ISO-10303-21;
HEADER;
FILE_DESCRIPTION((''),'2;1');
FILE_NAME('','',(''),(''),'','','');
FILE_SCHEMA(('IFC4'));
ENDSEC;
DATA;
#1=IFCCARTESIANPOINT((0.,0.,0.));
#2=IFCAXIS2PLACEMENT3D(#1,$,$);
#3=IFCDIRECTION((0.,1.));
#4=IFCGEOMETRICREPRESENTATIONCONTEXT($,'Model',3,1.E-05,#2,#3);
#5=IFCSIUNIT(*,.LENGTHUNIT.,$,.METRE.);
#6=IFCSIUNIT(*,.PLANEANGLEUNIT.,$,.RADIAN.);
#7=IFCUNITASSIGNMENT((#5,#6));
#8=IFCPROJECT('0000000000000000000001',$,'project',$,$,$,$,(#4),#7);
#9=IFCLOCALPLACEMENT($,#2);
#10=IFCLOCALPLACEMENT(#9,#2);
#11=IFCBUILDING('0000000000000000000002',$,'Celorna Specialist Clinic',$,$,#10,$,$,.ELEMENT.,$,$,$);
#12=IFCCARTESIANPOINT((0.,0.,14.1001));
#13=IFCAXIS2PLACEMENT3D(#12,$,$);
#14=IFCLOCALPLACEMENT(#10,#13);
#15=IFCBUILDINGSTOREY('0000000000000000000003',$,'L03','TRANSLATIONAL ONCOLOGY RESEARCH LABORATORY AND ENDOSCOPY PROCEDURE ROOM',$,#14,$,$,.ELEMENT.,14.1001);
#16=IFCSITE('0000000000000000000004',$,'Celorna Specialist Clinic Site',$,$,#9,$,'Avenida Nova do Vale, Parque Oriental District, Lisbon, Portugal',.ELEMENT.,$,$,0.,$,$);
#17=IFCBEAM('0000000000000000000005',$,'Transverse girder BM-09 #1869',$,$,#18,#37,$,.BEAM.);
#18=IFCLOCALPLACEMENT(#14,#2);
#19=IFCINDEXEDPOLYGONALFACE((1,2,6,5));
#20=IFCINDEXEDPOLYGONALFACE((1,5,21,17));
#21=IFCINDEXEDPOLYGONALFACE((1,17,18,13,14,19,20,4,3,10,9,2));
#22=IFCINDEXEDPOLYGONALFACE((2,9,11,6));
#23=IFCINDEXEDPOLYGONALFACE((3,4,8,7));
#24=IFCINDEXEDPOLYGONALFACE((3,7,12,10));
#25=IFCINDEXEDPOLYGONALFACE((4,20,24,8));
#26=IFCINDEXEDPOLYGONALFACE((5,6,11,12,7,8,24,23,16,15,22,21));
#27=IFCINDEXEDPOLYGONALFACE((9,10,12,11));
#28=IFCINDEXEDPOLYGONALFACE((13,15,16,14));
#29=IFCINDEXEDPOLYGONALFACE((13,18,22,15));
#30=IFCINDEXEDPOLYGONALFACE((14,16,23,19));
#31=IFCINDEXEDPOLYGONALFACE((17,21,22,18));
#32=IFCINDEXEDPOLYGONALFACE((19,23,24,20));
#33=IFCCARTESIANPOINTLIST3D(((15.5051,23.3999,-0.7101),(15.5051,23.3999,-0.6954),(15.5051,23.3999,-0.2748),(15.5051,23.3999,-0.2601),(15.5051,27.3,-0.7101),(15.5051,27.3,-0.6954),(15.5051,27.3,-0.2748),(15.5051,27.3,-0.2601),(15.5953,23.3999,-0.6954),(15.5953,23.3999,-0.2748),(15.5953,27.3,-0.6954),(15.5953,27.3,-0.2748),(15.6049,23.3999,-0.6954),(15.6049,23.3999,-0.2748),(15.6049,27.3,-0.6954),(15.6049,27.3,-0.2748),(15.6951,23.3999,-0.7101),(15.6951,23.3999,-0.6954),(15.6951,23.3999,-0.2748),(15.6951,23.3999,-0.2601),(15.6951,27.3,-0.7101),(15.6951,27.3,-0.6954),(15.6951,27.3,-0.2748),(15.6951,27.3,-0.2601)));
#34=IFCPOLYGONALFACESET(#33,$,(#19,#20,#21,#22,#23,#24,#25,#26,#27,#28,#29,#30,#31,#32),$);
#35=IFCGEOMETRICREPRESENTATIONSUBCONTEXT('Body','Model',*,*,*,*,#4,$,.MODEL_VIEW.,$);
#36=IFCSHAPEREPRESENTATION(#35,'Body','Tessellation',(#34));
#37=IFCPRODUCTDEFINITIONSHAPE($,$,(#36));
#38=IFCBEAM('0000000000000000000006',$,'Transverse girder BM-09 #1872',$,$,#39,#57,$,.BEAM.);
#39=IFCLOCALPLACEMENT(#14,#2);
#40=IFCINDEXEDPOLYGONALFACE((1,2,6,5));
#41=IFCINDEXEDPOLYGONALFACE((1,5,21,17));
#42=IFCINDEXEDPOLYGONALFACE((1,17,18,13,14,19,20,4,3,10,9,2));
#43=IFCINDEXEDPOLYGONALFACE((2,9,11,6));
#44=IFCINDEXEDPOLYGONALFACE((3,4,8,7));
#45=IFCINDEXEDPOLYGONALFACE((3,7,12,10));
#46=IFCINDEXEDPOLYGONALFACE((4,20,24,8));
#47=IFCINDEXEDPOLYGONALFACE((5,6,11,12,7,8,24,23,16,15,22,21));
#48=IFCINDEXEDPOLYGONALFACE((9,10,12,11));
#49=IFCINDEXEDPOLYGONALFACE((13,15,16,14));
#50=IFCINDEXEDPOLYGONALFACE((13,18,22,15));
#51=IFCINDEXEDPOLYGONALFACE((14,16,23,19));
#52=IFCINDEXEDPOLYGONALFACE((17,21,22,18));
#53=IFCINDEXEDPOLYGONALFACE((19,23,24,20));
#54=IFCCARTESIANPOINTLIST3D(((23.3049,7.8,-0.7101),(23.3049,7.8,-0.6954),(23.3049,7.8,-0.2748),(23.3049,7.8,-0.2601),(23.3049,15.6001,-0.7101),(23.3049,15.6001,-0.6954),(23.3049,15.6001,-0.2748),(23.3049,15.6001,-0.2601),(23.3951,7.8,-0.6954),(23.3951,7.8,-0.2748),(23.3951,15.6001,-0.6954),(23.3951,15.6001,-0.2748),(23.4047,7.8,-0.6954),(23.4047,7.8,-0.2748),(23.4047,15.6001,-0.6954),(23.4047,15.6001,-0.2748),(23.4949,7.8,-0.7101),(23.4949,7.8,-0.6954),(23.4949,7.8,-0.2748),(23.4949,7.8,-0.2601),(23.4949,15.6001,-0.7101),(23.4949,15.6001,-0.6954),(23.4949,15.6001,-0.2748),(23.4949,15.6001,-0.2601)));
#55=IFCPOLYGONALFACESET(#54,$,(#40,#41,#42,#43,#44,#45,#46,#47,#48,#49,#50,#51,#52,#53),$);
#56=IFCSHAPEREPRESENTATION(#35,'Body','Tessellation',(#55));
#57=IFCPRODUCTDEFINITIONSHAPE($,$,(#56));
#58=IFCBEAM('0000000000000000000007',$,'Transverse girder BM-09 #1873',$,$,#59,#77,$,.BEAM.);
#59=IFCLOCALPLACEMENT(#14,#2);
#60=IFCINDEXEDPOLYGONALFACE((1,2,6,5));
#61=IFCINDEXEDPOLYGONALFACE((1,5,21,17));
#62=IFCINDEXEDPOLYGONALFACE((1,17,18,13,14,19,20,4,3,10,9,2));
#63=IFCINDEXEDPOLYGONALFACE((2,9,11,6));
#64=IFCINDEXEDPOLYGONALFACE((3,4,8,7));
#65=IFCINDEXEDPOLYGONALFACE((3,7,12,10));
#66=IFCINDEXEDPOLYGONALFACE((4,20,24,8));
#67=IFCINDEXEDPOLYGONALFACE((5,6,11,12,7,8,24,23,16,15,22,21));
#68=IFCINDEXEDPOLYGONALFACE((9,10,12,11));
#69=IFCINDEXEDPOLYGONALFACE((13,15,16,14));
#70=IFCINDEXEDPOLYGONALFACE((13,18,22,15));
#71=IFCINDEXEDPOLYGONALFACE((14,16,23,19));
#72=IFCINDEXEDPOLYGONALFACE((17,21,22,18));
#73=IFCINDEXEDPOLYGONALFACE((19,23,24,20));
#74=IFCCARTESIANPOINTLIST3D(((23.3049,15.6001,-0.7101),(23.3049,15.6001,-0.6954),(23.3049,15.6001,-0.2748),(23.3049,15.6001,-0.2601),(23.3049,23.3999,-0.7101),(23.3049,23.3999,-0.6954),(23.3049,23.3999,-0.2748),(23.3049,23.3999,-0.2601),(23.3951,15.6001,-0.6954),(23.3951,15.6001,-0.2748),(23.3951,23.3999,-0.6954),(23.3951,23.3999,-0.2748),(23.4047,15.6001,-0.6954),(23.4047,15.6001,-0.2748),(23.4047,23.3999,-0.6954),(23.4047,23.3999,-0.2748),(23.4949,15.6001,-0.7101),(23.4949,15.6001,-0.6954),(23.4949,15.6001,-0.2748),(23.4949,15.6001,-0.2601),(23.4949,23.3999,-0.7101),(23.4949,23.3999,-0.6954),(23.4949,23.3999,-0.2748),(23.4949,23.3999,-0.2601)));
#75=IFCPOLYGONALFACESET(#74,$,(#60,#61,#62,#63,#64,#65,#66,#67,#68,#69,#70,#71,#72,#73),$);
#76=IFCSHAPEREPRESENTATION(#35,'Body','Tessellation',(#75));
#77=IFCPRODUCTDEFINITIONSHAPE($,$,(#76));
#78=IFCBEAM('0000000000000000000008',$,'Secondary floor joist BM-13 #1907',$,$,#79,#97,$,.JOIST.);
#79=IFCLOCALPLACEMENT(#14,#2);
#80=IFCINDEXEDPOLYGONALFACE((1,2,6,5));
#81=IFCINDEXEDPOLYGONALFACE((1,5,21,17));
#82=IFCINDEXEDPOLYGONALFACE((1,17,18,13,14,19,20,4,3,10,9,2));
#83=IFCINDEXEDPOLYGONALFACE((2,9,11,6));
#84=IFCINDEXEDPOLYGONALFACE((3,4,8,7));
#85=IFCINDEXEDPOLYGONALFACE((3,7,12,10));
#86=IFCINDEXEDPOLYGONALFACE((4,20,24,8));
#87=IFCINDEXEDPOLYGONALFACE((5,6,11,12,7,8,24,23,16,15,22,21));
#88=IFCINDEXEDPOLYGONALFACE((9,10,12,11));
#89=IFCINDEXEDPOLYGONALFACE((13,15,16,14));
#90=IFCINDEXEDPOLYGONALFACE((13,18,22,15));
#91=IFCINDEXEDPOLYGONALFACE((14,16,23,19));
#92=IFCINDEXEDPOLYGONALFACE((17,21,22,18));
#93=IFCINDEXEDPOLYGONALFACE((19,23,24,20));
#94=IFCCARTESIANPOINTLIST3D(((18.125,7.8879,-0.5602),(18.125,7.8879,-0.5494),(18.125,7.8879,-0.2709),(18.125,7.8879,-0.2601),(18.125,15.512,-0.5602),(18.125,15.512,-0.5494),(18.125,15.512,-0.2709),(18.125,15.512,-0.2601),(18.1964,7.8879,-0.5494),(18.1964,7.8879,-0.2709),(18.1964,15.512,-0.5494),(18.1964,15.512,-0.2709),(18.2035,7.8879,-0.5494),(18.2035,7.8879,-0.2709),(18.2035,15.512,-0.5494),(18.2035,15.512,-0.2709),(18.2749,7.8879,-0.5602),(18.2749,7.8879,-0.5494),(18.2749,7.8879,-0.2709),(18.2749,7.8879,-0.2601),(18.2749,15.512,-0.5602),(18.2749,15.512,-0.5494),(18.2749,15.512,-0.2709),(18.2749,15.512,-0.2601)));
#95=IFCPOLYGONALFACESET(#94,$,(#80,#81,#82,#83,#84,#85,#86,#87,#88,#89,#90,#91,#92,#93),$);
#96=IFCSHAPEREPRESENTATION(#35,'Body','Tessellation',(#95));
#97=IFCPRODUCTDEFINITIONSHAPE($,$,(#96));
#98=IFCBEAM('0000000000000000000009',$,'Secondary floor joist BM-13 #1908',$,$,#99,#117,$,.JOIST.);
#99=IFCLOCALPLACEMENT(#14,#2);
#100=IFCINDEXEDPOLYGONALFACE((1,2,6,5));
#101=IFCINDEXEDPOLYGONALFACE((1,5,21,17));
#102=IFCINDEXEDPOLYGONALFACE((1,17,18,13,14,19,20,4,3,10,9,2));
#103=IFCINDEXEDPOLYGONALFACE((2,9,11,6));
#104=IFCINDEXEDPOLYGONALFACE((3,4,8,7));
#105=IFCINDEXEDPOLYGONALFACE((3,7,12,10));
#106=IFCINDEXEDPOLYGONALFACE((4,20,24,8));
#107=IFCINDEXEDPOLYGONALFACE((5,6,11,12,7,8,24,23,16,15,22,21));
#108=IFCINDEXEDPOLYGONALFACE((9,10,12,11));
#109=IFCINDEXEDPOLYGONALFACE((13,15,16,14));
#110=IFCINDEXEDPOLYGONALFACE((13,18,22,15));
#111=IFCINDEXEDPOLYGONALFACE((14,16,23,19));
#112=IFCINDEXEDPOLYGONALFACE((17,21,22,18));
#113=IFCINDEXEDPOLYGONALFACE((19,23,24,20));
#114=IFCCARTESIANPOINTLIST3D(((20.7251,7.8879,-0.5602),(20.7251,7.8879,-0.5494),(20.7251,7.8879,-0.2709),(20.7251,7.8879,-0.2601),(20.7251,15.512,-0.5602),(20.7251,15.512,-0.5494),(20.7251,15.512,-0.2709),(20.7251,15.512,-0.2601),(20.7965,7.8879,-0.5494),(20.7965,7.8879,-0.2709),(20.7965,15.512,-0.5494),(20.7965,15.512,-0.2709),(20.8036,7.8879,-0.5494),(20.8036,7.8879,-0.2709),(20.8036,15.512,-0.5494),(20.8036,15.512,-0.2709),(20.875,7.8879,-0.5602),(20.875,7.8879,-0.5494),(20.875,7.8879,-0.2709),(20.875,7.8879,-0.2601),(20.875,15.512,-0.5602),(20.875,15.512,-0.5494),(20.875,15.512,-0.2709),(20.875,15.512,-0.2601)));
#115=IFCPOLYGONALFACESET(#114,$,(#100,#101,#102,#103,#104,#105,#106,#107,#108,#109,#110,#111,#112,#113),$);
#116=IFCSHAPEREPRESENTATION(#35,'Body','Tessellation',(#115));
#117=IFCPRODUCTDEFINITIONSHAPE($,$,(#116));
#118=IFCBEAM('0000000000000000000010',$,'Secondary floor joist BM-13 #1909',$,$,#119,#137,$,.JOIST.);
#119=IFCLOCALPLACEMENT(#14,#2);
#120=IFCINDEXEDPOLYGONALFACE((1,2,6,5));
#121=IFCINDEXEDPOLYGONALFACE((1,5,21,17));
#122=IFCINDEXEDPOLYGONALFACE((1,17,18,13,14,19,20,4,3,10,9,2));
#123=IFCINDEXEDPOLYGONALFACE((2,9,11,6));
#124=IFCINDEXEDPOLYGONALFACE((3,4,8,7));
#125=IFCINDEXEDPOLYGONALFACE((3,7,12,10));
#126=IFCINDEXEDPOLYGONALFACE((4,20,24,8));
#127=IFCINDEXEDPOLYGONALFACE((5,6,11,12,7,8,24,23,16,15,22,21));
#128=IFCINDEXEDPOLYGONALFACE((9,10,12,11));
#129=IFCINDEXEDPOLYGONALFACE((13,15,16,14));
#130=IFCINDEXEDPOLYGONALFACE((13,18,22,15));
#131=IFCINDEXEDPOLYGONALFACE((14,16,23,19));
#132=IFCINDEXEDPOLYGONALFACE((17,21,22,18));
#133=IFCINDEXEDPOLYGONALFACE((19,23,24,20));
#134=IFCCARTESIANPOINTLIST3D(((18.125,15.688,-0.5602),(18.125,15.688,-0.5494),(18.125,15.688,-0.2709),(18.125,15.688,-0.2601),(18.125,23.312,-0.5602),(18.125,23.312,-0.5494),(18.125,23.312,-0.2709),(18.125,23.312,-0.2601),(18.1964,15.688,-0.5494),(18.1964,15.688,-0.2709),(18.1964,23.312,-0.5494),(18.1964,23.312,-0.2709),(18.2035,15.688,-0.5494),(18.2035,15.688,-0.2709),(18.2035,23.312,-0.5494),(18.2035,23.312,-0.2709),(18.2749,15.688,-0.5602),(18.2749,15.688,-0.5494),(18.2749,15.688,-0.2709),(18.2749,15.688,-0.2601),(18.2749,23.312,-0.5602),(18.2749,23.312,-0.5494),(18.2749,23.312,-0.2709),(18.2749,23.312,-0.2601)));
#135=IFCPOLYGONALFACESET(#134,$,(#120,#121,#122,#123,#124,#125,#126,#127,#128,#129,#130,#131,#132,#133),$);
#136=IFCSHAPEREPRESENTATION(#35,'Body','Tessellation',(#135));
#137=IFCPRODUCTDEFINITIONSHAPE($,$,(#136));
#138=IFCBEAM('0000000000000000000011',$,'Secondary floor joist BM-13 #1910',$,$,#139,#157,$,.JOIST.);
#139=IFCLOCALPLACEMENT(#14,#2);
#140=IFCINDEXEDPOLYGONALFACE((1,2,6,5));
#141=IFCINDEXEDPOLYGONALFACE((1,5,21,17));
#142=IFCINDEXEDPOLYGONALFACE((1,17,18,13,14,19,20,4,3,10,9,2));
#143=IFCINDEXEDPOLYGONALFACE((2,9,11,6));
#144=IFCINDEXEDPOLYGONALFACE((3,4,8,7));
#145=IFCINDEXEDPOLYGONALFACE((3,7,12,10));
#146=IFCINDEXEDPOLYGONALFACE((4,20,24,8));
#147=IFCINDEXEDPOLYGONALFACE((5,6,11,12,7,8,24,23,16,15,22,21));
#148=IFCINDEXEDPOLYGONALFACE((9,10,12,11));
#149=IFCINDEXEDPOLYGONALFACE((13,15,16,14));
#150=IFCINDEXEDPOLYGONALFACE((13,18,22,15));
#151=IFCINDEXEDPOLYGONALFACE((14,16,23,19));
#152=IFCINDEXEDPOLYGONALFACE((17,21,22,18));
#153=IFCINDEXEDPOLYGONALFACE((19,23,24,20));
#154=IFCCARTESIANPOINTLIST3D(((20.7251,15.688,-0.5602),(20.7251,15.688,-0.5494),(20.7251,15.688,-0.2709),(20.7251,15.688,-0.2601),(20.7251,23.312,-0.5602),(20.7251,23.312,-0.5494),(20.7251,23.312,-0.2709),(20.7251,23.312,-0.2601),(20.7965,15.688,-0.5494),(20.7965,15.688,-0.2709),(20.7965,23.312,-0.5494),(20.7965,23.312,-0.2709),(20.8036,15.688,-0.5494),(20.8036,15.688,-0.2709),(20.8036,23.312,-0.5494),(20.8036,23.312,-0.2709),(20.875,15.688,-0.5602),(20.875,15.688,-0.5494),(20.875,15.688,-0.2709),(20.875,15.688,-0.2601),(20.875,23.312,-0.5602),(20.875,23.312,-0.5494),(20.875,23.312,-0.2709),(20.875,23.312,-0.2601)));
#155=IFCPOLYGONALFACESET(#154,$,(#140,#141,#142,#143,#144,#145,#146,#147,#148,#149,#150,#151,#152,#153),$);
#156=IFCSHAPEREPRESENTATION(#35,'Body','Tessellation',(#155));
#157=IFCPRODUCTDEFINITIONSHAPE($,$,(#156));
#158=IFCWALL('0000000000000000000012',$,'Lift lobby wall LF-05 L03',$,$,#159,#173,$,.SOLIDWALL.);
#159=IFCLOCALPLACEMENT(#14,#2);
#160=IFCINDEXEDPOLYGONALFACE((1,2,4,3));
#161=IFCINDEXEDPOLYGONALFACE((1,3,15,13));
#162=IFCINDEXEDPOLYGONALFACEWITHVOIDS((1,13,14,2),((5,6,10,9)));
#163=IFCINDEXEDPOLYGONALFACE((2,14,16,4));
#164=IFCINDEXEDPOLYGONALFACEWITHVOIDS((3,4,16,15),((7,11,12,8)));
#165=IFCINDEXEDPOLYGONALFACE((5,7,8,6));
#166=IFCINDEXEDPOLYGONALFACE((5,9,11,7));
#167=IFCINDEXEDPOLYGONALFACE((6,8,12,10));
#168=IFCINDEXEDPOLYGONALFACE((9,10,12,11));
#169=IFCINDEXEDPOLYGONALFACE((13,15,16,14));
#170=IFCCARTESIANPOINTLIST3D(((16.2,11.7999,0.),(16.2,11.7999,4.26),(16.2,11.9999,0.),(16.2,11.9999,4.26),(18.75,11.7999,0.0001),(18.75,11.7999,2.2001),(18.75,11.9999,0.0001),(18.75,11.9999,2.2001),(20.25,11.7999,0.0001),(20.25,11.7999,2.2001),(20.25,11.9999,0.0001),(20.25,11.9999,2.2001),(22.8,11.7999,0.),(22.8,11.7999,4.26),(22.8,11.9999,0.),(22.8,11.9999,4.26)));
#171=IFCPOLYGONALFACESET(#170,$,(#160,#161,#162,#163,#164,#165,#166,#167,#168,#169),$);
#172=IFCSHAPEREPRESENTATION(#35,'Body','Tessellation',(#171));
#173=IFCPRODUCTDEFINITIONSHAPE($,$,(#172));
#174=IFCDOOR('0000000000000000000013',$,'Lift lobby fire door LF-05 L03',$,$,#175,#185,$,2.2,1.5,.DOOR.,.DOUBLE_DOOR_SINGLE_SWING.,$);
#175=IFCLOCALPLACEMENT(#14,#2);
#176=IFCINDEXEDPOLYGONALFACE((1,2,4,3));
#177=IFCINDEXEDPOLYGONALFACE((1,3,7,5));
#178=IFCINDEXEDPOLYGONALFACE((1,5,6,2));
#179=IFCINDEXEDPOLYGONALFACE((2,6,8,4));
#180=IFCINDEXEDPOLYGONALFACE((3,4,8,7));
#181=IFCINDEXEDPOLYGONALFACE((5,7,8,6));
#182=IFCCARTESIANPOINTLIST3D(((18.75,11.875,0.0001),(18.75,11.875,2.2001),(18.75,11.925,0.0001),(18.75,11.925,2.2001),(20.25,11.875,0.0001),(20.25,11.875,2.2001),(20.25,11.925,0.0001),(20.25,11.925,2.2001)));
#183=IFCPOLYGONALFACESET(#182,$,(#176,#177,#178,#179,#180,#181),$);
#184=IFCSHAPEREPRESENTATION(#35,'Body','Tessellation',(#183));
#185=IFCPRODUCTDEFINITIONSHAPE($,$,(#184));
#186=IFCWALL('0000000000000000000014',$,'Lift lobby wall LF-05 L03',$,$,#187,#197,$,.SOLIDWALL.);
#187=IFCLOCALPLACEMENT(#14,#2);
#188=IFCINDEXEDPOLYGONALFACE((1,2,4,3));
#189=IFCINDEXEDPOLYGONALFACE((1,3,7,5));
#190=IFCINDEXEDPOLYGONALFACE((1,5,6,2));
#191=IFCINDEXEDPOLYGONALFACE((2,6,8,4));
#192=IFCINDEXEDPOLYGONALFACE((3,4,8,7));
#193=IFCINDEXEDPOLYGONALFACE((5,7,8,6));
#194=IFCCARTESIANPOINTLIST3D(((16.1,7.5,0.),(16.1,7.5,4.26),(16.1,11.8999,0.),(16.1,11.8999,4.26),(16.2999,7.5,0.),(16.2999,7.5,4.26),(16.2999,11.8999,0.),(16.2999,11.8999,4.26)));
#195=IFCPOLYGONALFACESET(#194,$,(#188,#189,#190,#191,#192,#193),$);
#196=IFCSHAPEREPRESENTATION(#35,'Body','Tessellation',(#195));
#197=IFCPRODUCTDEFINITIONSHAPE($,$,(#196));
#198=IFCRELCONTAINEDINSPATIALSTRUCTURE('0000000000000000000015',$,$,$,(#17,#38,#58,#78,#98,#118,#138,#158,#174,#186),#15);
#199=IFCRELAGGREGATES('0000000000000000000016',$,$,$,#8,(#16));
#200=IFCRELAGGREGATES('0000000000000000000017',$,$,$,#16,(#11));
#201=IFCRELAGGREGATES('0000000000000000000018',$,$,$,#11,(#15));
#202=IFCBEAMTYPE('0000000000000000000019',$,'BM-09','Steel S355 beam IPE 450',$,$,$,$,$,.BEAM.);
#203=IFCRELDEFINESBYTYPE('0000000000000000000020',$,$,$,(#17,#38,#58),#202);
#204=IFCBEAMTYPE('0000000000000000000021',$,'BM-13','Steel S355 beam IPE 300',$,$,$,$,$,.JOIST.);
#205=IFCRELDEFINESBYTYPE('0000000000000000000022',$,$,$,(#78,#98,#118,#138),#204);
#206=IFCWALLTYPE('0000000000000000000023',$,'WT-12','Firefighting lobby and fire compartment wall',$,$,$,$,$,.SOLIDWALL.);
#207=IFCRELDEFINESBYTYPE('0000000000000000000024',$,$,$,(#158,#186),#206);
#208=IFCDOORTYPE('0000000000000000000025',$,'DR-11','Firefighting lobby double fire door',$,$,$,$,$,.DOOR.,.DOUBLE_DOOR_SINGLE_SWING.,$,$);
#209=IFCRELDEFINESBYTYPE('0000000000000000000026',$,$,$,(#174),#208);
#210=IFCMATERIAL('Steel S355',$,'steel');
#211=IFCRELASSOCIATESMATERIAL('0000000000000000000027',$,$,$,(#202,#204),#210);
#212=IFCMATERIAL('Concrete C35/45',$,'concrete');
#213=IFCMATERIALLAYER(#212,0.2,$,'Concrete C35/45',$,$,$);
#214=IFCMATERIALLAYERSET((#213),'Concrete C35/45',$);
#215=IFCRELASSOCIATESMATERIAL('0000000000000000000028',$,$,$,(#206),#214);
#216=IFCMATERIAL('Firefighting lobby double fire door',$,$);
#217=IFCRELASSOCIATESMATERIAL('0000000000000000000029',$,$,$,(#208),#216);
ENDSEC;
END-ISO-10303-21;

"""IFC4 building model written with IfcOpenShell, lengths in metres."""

from ifc_helpers import new_model, si_unit, direction, frame, frame_2d, origin, origin_2d, place, context, subcontext, project, spatial, rectangle, i_section, extrude, material, layer, layer_set, material_profile, profile_set, type_object, element, fill, save


model = new_model("IFC4")

# Units and contexts
model_context = context("Model", 3, precision=1e-05, world=origin(), true_north=direction((0.0, 1.0)))
body_context = subcontext(model_context, "Body", "Model", "MODEL_VIEW")
ifc_project = project(units=[si_unit("LENGTHUNIT", "METRE"), si_unit("PLANEANGLEUNIT", "RADIAN")], contexts=[model_context])

# Site, building, storey
site_placement = place(None, origin())
site = spatial("IfcSite", under=ifc_project, at=site_placement, Name="Celorna Specialist Clinic Site", LongName="Avenida Nova do Vale, Parque Oriental District, Lisbon, Portugal", CompositionType="ELEMENT", RefElevation=0.0)
building_placement = place(site_placement, origin())
building = spatial("IfcBuilding", under=site, at=building_placement, Name="Celorna Specialist Clinic", CompositionType="ELEMENT")
storey_placement = place(building_placement, frame((0.0, 0.0, 14.1001)))
storey = spatial("IfcBuildingStorey", under=building, at=storey_placement, Name="L03", Description="TRANSLATIONAL ONCOLOGY RESEARCH LABORATORY AND ENDOSCOPY PROCEDURE ROOM", CompositionType="ELEMENT", Elevation=14.1001)

# Shared definitions
ifc_material_1 = material(Name="Concrete C35/45", Category="concrete")

# Beams
ifc_material_2 = material(Name="Steel S355", Category="steel")
ifc_material_profile_1 = material_profile(ifc_material_2, i_section(OverallWidth=0.1899, OverallDepth=0.45, WebThickness=0.0095, FlangeThickness=0.0146, at=origin_2d()), Name="IPE 450")
ifc_profile_set_1 = profile_set([ifc_material_profile_1], Name="Steel S355")
beam_type_1 = type_object("IfcBeamType", Name="BM-09", Description="Steel S355 beam IPE 450", PredefinedType="BEAM", material=ifc_profile_set_1)
beam_1_placement = place(storey_placement, frame((15.6001, 23.3999, -0.4851), z_axis=(0.0, 1.0, 0.0), x_axis=(-1.0, 0.0, 0.0)))
element("IfcBeam", 1, at=beam_1_placement, inside=storey, type_object=beam_type_1, Name="Transverse girder BM-09 #1869", PredefinedType="BEAM", context=body_context, shape_type="SweptSolid", body=[
    extrude(i_section(OverallWidth=0.1899, OverallDepth=0.45, WebThickness=0.0095, FlangeThickness=0.0146, at=origin_2d()), origin(), (0.0, 0.0, 1.0), 3.9001),
])
beam_2_placement = place(storey_placement, frame((23.3999, 7.8, -0.4851), z_axis=(0.0, 1.0, 0.0), x_axis=(-1.0, 0.0, 0.0)))
element("IfcBeam", 2, at=beam_2_placement, inside=storey, type_object=beam_type_1, Name="Transverse girder BM-09 #1872", PredefinedType="BEAM", context=body_context, shape_type="SweptSolid", body=[
    extrude(i_section(OverallWidth=0.1899, OverallDepth=0.45, WebThickness=0.0095, FlangeThickness=0.0146, at=origin_2d()), origin(), (0.0, 0.0, 1.0), 7.8),
])
beam_3_placement = place(storey_placement, frame((23.3999, 15.6001, -0.4851), z_axis=(0.0, 1.0, 0.0), x_axis=(-1.0, 0.0, 0.0)))
element("IfcBeam", 3, at=beam_3_placement, inside=storey, type_object=beam_type_1, Name="Transverse girder BM-09 #1873", PredefinedType="BEAM", context=body_context, shape_type="SweptSolid", body=[
    extrude(i_section(OverallWidth=0.1899, OverallDepth=0.45, WebThickness=0.0095, FlangeThickness=0.0146, at=origin_2d()), origin(), (0.0, 0.0, 1.0), 7.7998),
])
ifc_material_profile_2 = material_profile(ifc_material_2, i_section(OverallWidth=0.1499, OverallDepth=0.3, WebThickness=0.0071, FlangeThickness=0.0107, at=origin_2d()), Name="IPE 300")
ifc_profile_set_2 = profile_set([ifc_material_profile_2], Name="Steel S355")
beam_type_2 = type_object("IfcBeamType", Name="BM-13", Description="Steel S355 beam IPE 300", PredefinedType="JOIST", material=ifc_profile_set_2)
for number, where, z_axis, x_axis, name in (
    (4, (18.2, 7.8879, -0.4102), (0.0, 1.0, 0.0), (-1.0, 0.0, 0.0), "Secondary floor joist BM-13 #1907"),
    (5, (20.8, 7.8879, -0.4102), (0.0, 1.0, 0.0), (-1.0, 0.0, 0.0), "Secondary floor joist BM-13 #1908"),
    (6, (18.2, 15.688, -0.4102), (0.0, 1.0, 0.0), (-1.0, 0.0, 0.0), "Secondary floor joist BM-13 #1909"),
    (7, (20.8, 15.688, -0.4102), (0.0, 1.0, 0.0), (-1.0, 0.0, 0.0), "Secondary floor joist BM-13 #1910"),
):
    element("IfcBeam", number, at=place(storey_placement, frame(where, z_axis=z_axis, x_axis=x_axis)), inside=storey, type_object=beam_type_2, Name=name, PredefinedType="JOIST", context=body_context, shape_type="SweptSolid", body=[
        extrude(i_section(OverallWidth=0.1499, OverallDepth=0.3, WebThickness=0.0071, FlangeThickness=0.0107, at=origin_2d()), origin(), (0.0, 0.0, 1.0), 7.624),
    ])

# Wall, opening, door
ifc_layer_1 = layer(ifc_material_1, 0.2, Name="Concrete C35/45")
ifc_layer_set_1 = layer_set([ifc_layer_1], Name="Concrete C35/45")
wall_type_1 = type_object("IfcWallType", Name="WT-12", Description="Firefighting lobby and fire compartment wall", PredefinedType="SOLIDWALL", material=ifc_layer_set_1)
wall_1_placement = place(storey_placement, frame((22.8, 11.8999, 0.0), z_axis=(0.0, 0.0, 1.0), x_axis=(-1.0, 0.0, 0.0)))
wall_1 = element("IfcWall", 8, at=wall_1_placement, inside=storey, type_object=wall_type_1, Name="Lift lobby wall LF-05 L03", PredefinedType="SOLIDWALL", context=body_context, shape_type="SweptSolid", body=[
    extrude(rectangle(XDim=6.6001, YDim=0.2, at=frame_2d((3.3, 0.0))), origin(), (0.0, 0.0, 1.0), 4.26),
])
opening_1_placement = place(wall_1_placement, frame((2.55, 0.0, 0.0)))
opening_1 = element("IfcOpeningElement", 9, at=opening_1_placement, cuts=wall_1, PredefinedType="OPENING", context=body_context, shape_type="SweptSolid", body=[
    extrude(rectangle(XDim=1.5, YDim=2.2, at=frame_2d((0.75, 1.1001))), frame((0.0, 0.1099, 0.0), z_axis=(0.0, -1.0, 0.0), x_axis=(1.0, 0.0, 0.0)), (0.0, 0.0, 1.0), 0.22),
])
ifc_material_3 = material(Name="Firefighting lobby double fire door")
door_type_1 = type_object("IfcDoorType", Name="DR-11", Description="Firefighting lobby double fire door", OperationType="DOUBLE_DOOR_SINGLE_SWING", PredefinedType="DOOR", material=ifc_material_3)
door_1_placement = place(opening_1_placement, origin())
door_1 = element("IfcDoor", 10, at=door_1_placement, inside=storey, type_object=door_type_1, Name="Lift lobby fire door LF-05 L03", OperationType="DOUBLE_DOOR_SINGLE_SWING", OverallHeight=2.2, OverallWidth=1.5, PredefinedType="DOOR", context=body_context, shape_type="SweptSolid", body=[
    extrude(rectangle(XDim=1.5, YDim=2.2, at=frame_2d((0.75, 1.1001))), frame((0.0, 0.0249, 0.0), z_axis=(0.0, -1.0, 0.0), x_axis=(1.0, 0.0, 0.0)), (0.0, 0.0, 1.0), 0.05),
])
fill(opening_1, door_1)

# Wall
for number, where, z_axis, x_axis, name in (
    (11, (16.2, 11.8999, 0.0), (0.0, 0.0, 1.0), (0.0, -1.0, 0.0), "Lift lobby wall LF-05 L03"),
):
    element("IfcWall", number, at=place(storey_placement, frame(where, z_axis=z_axis, x_axis=x_axis)), inside=storey, type_object=wall_type_1, Name=name, PredefinedType="SOLIDWALL", context=body_context, shape_type="SweptSolid", body=[
        extrude(rectangle(XDim=4.3999, YDim=0.2, at=frame_2d((2.2, 0.0))), origin(), (0.0, 0.0, 1.0), 4.26),
    ])

save(model, "model.ifc")
